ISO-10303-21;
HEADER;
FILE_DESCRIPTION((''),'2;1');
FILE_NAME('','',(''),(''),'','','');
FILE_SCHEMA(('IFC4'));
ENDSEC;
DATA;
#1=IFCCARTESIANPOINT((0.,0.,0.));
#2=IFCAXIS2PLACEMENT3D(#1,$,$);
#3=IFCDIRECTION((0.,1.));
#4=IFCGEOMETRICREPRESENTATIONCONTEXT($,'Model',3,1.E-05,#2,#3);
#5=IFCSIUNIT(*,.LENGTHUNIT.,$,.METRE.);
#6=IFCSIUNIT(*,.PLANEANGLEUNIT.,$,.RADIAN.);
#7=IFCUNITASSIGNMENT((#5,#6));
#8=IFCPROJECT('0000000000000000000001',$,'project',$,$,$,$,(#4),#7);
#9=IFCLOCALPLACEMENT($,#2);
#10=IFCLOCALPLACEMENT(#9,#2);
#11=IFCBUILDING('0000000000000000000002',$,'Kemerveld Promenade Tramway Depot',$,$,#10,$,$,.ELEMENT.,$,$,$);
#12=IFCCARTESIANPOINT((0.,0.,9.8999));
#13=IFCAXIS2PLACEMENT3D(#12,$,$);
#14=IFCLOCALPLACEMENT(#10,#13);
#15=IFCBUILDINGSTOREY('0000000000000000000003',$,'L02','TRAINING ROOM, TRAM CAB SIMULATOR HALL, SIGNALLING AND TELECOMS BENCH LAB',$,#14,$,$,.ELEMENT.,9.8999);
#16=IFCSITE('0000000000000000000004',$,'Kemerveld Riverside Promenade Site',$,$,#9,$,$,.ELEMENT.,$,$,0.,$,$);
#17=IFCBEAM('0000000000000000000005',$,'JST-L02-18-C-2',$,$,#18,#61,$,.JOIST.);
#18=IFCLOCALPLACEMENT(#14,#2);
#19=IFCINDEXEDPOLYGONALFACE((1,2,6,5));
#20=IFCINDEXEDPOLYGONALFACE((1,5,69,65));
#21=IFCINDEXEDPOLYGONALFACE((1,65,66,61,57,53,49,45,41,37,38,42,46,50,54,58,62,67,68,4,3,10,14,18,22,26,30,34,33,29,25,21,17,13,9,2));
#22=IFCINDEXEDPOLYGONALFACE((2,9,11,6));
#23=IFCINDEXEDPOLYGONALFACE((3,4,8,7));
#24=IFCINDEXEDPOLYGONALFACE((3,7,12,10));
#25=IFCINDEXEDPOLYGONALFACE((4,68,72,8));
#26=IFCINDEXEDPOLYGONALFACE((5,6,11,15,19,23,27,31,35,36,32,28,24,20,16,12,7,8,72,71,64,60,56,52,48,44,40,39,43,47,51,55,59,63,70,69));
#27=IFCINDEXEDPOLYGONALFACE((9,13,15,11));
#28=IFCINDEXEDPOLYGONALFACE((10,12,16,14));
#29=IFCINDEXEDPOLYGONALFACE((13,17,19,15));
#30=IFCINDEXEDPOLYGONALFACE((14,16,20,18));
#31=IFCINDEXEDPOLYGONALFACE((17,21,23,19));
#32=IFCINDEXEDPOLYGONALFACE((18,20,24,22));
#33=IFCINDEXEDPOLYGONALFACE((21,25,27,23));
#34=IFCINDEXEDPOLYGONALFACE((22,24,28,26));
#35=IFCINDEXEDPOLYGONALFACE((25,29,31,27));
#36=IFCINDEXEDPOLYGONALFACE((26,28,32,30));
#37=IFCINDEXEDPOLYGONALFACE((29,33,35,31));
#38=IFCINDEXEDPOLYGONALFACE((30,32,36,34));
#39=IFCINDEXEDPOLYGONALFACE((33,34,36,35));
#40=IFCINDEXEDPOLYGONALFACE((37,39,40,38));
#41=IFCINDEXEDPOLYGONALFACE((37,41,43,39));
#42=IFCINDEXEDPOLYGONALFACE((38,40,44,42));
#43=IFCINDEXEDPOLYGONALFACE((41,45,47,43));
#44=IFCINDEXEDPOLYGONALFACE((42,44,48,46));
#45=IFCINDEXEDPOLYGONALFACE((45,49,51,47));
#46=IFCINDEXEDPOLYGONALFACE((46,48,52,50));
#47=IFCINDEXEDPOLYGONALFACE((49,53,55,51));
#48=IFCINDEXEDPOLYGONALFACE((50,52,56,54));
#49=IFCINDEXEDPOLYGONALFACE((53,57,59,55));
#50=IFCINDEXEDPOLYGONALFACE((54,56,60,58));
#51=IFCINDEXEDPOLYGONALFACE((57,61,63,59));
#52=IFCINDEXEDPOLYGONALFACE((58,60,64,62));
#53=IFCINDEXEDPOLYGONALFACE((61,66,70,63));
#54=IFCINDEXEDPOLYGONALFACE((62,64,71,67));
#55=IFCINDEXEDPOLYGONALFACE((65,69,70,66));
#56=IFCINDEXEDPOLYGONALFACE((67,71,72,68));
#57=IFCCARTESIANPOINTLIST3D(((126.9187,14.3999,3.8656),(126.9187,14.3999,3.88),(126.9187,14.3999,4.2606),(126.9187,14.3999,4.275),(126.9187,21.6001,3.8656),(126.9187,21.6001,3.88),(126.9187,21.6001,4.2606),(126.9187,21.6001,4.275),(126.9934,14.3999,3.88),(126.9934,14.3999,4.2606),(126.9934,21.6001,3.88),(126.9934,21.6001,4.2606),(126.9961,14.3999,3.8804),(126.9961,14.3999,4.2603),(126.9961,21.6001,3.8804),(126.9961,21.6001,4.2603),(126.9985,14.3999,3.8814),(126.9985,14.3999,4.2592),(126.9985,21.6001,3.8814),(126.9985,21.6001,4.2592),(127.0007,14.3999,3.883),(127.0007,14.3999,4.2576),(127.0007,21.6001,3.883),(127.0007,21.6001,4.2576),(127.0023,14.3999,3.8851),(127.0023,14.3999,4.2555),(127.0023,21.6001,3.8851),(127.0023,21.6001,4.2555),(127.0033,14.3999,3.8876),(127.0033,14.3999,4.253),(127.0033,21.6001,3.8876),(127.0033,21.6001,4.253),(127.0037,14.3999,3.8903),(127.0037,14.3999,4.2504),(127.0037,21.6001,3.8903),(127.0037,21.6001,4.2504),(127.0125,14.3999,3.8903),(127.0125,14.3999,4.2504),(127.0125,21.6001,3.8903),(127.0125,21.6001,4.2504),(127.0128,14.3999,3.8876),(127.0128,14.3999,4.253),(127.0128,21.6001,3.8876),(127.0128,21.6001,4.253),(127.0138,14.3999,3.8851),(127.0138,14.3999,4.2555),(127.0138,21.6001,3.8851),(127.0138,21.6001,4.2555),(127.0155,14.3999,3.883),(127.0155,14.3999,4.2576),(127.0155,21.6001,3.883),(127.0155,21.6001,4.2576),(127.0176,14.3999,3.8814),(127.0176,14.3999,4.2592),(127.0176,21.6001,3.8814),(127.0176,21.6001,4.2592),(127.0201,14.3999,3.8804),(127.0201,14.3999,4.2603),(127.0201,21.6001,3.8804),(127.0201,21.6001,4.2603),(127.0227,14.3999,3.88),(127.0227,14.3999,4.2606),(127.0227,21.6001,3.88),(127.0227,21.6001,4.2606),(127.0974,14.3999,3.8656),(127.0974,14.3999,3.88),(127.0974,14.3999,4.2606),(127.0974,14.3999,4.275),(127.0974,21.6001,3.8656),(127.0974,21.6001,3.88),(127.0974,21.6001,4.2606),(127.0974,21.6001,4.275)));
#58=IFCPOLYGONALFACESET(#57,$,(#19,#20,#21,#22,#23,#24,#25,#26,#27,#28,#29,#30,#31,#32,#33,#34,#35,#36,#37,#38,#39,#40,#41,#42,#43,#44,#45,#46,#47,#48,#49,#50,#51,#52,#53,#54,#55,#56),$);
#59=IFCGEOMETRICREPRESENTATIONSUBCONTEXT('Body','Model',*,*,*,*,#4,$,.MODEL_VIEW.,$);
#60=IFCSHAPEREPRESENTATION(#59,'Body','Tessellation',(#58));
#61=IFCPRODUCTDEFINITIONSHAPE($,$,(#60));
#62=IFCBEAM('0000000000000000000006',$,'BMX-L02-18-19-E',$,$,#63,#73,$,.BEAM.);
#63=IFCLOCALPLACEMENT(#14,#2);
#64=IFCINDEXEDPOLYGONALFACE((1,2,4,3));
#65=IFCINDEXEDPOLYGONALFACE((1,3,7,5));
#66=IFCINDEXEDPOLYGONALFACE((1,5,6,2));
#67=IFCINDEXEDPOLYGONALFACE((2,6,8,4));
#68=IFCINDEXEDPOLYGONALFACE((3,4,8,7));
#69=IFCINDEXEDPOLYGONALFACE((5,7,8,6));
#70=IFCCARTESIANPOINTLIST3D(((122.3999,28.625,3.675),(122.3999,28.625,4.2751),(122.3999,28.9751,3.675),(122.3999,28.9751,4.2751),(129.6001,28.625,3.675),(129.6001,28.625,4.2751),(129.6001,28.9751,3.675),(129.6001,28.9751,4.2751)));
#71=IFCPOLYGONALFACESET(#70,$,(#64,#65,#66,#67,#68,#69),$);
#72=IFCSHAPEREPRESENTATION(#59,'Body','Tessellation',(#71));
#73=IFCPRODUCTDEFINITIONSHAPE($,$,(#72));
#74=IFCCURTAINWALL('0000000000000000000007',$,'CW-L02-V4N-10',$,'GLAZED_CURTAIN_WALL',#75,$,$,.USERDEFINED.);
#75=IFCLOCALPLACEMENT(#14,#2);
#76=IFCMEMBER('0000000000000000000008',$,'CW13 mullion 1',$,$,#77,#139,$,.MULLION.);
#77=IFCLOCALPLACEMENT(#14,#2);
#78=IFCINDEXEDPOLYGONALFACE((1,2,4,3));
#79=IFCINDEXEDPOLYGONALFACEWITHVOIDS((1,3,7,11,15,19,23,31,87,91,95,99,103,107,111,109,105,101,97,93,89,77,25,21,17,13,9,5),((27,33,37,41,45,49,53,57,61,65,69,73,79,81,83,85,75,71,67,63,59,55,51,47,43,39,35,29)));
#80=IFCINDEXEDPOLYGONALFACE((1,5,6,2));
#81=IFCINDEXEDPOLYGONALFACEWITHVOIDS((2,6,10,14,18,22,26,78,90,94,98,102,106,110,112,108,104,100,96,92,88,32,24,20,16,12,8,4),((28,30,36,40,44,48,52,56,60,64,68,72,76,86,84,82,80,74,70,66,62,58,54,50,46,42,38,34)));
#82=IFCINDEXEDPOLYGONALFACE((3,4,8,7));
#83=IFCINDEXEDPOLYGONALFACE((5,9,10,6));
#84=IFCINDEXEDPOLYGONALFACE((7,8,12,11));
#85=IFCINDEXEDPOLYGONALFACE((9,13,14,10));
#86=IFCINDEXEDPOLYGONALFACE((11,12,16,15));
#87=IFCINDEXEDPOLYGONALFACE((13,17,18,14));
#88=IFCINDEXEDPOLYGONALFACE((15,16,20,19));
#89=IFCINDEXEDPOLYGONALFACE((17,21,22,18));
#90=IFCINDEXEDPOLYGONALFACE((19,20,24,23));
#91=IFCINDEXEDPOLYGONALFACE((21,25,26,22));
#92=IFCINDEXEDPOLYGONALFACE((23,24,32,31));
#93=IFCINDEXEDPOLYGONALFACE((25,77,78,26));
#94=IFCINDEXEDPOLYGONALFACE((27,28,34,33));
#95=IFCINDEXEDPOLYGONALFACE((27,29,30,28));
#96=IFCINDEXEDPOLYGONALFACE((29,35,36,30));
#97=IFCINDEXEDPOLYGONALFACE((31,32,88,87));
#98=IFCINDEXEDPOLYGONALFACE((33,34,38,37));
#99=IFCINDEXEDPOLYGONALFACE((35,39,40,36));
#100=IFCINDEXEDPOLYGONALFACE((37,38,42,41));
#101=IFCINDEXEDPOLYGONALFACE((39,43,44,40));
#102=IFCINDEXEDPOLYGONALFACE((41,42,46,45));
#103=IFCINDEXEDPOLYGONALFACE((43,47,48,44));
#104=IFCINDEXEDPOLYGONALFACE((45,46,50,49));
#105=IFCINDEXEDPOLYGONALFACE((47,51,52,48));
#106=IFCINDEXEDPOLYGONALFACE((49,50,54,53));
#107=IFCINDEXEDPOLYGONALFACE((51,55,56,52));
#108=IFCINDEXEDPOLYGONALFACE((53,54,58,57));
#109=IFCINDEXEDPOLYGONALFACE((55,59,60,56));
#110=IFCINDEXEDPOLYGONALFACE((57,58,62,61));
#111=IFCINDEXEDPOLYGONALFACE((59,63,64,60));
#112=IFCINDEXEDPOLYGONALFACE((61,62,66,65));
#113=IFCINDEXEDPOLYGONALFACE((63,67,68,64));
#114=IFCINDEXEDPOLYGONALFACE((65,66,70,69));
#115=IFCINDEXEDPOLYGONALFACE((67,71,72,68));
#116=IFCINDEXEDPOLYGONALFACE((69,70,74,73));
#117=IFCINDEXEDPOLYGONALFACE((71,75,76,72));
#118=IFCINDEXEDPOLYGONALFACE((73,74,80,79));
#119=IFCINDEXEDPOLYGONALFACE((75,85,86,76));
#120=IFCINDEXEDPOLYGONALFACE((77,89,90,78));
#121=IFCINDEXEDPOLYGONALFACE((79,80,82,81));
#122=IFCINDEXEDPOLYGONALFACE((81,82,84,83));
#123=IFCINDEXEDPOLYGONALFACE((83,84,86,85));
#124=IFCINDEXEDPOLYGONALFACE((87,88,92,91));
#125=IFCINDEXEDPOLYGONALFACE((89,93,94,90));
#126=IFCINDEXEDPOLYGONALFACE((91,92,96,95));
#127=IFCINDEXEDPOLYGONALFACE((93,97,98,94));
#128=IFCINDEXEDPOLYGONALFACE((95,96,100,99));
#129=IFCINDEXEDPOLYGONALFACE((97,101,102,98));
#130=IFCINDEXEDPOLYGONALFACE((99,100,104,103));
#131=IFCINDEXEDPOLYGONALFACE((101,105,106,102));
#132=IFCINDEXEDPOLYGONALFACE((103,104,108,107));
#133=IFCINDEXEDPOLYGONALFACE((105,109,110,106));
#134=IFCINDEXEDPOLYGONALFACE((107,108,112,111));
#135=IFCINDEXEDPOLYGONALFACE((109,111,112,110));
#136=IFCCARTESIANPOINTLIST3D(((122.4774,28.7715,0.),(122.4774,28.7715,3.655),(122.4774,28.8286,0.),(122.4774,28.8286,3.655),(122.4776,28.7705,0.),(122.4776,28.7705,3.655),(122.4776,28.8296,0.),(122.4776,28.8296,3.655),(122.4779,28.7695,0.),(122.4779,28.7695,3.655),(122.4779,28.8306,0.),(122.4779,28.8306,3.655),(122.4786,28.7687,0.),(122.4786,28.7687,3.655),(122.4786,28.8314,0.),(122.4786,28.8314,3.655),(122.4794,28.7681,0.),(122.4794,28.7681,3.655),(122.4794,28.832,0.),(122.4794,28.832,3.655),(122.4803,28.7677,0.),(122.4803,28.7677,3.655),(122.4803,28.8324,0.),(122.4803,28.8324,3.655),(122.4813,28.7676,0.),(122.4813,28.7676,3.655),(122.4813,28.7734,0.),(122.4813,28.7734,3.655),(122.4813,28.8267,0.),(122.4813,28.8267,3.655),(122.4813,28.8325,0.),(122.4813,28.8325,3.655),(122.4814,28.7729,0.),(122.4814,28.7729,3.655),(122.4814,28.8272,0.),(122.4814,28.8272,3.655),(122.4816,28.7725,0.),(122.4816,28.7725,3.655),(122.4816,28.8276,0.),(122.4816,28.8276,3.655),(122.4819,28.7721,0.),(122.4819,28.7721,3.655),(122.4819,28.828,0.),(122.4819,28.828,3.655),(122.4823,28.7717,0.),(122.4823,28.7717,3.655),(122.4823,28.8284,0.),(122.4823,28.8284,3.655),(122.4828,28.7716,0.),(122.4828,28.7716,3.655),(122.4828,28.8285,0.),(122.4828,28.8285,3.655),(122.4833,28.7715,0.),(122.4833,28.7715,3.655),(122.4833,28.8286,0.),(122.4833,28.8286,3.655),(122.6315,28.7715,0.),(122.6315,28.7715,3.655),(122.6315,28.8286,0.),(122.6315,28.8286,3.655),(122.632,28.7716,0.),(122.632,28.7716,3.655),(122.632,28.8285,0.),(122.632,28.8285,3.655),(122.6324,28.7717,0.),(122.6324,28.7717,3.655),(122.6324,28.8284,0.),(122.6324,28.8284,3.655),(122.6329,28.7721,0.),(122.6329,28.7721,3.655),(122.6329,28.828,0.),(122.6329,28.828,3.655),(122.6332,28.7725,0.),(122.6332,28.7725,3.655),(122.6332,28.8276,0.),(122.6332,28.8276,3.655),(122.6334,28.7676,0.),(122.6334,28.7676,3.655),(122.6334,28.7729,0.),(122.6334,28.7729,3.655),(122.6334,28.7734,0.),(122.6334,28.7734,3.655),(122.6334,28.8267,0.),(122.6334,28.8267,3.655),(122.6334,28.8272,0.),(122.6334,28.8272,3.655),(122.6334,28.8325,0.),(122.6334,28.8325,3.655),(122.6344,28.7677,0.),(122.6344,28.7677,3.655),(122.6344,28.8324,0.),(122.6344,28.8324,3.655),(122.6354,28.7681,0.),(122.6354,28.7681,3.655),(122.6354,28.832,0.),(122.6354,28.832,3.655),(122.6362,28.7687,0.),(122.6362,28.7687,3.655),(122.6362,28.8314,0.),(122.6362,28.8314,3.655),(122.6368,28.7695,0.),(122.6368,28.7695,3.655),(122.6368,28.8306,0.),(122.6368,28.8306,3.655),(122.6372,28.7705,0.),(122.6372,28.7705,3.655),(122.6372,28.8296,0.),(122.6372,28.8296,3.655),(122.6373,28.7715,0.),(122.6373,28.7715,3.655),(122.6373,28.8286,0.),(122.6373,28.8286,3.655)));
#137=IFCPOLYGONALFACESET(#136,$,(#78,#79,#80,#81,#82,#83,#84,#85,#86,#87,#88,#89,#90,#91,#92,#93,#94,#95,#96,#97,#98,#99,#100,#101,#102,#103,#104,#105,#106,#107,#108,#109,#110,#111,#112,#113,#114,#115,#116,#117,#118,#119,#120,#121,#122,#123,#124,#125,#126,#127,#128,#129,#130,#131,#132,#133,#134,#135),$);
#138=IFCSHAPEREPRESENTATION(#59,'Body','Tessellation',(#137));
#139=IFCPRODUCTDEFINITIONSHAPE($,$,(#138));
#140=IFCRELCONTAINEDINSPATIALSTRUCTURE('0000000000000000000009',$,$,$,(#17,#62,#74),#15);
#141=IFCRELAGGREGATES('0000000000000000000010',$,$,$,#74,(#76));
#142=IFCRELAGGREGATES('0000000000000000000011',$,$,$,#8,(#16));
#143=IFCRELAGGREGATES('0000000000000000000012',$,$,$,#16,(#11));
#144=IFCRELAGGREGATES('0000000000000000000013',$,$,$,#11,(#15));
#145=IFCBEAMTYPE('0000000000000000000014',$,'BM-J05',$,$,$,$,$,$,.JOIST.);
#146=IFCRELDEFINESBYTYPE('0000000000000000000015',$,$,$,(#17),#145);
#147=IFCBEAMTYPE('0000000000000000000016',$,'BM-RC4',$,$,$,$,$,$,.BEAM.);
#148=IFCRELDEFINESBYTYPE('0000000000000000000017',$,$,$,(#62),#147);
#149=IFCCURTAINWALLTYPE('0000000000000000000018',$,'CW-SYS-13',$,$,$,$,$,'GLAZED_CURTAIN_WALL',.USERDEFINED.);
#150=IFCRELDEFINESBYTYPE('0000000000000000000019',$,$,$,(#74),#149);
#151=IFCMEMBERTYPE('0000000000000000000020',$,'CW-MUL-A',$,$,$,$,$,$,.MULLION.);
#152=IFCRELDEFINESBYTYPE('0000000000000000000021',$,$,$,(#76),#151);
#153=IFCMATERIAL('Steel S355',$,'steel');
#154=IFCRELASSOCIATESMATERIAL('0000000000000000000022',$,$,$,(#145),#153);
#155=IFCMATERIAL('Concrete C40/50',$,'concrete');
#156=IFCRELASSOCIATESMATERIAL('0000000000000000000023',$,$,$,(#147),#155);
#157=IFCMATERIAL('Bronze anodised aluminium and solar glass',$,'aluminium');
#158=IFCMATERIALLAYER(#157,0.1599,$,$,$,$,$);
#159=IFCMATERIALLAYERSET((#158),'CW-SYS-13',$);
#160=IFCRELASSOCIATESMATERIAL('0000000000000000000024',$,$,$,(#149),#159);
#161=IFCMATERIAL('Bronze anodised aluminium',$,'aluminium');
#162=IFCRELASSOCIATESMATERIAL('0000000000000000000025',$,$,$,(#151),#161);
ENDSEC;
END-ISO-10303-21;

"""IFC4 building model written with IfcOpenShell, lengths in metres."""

from ifc_helpers import new_model, si_unit, direction, frame, origin, origin_2d, place, context, subcontext, project, spatial, rectangle, hollow_rectangle, i_section, extrude, material, layer, layer_set, material_profile, profile_set, type_object, element, aggregate, save


model = new_model("IFC4")

# Units and contexts
model_context = context("Model", 3, precision=1e-05, world=origin(), true_north=direction((0.0, 1.0)))
body_context = subcontext(model_context, "Body", "Model", "MODEL_VIEW")
ifc_project = project(units=[si_unit("LENGTHUNIT", "METRE"), si_unit("PLANEANGLEUNIT", "RADIAN")], contexts=[model_context])

# Site, building, storey
site_placement = place(None, origin())
site = spatial("IfcSite", under=ifc_project, at=site_placement, Name="Kemerveld Riverside Promenade Site", CompositionType="ELEMENT", RefElevation=0.0)
building_placement = place(site_placement, origin())
building = spatial("IfcBuilding", under=site, at=building_placement, Name="Kemerveld Promenade Tramway Depot", CompositionType="ELEMENT")
storey_placement = place(building_placement, frame((0.0, 0.0, 9.8999)))
storey = spatial("IfcBuildingStorey", under=building, at=storey_placement, Name="L02", Description="TRAINING ROOM, TRAM CAB SIMULATOR HALL, SIGNALLING AND TELECOMS BENCH LAB", CompositionType="ELEMENT", Elevation=9.8999)

# Beams
ifc_material_1 = material(Name="Steel S355", Category="steel")
ifc_material_profile_1 = material_profile(ifc_material_1, i_section(OverallWidth=0.1787, OverallDepth=0.4094, WebThickness=0.0088, FlangeThickness=0.0144, FilletRadius=0.0103, at=origin_2d()), Name="406x178x67 UB")
ifc_profile_set_1 = profile_set([ifc_material_profile_1], Name="Steel S355")
beam_type_1 = type_object("IfcBeamType", Name="BM-J05", PredefinedType="JOIST", material=ifc_profile_set_1)
for number, where, z_axis, x_axis, name in (
    (1, (127.0081, 14.3999, 4.0703), (0.0, 1.0, 0.0), (-1.0, 0.0, 0.0), "JST-L02-18-C-2"),
):
    element("IfcBeam", number, at=place(storey_placement, frame(where, z_axis=z_axis, x_axis=x_axis)), inside=storey, type_object=beam_type_1, Name=name, PredefinedType="JOIST", context=body_context, shape_type="SweptSolid", body=[
        extrude(i_section(OverallWidth=0.1787, OverallDepth=0.4094, WebThickness=0.0088, FlangeThickness=0.0144, FilletRadius=0.0103, at=origin_2d()), origin(), (0.0, 0.0, 1.0), 7.2002),
    ])
ifc_material_2 = material(Name="Concrete C40/50", Category="concrete")
ifc_material_profile_2 = material_profile(ifc_material_2, rectangle(XDim=0.3501, YDim=0.6001, at=origin_2d()), Name="RC-BM-350x600")
ifc_profile_set_2 = profile_set([ifc_material_profile_2], Name="Concrete C40/50")
beam_type_2 = type_object("IfcBeamType", Name="BM-RC4", PredefinedType="BEAM", material=ifc_profile_set_2)
beam_placement = place(storey_placement, frame((122.3999, 28.8, 3.9751), z_axis=(1.0, 0.0, 0.0), x_axis=(0.0, 1.0, 0.0)))
element("IfcBeam", 2, at=beam_placement, inside=storey, type_object=beam_type_2, Name="BMX-L02-18-19-E", PredefinedType="BEAM", context=body_context, shape_type="SweptSolid", body=[
    extrude(rectangle(XDim=0.3501, YDim=0.6001, at=origin_2d()), origin(), (0.0, 0.0, 1.0), 7.2002),
])

# Curtain wall, member
ifc_material_3 = material(Name="Bronze anodised aluminium and solar glass", Category="aluminium")
ifc_layer_1 = layer(ifc_material_3, 0.1599)
ifc_layer_set_1 = layer_set([ifc_layer_1], Name="CW-SYS-13")
curtain_wall_type = type_object("IfcCurtainWallType", Name="CW-SYS-13", ElementType="GLAZED_CURTAIN_WALL", PredefinedType="USERDEFINED", material=ifc_layer_set_1)
curtain_wall_placement = place(storey_placement, origin())
curtain_wall = element("IfcCurtainWall", 3, at=curtain_wall_placement, inside=storey, type_object=curtain_wall_type, Name="CW-L02-V4N-10", ObjectType="GLAZED_CURTAIN_WALL", PredefinedType="USERDEFINED")
ifc_material_4 = material(Name="Bronze anodised aluminium", Category="aluminium")
ifc_material_profile_3 = material_profile(ifc_material_4, hollow_rectangle(XDim=0.0649, YDim=0.1599, WallThickness=0.0039, InnerFilletRadius=0.002, OuterFilletRadius=0.0039, at=origin_2d()), Name="CW-MUL-160x65")
ifc_profile_set_3 = profile_set([ifc_material_profile_3], Name="Bronze anodised aluminium")
member_type_1 = type_object("IfcMemberType", Name="CW-MUL-A", PredefinedType="MULLION", material=ifc_profile_set_3)
member_1_placement = place(storey_placement, frame((122.5574, 28.8, 0.0), z_axis=(0.0, 0.0, 1.0), x_axis=(0.0, 1.0, 0.0)))
member_1 = element("IfcMember", 4, at=member_1_placement, type_object=member_type_1, Name="CW13 mullion 1", PredefinedType="MULLION", context=body_context, shape_type="SweptSolid", body=[
    extrude(hollow_rectangle(XDim=0.0649, YDim=0.1599, WallThickness=0.0039, InnerFilletRadius=0.002, OuterFilletRadius=0.0039, at=origin_2d()), origin(), (0.0, 0.0, 1.0), 3.655),
])

aggregate(curtain_wall, [member_1])

save(model, "model.ifc")
